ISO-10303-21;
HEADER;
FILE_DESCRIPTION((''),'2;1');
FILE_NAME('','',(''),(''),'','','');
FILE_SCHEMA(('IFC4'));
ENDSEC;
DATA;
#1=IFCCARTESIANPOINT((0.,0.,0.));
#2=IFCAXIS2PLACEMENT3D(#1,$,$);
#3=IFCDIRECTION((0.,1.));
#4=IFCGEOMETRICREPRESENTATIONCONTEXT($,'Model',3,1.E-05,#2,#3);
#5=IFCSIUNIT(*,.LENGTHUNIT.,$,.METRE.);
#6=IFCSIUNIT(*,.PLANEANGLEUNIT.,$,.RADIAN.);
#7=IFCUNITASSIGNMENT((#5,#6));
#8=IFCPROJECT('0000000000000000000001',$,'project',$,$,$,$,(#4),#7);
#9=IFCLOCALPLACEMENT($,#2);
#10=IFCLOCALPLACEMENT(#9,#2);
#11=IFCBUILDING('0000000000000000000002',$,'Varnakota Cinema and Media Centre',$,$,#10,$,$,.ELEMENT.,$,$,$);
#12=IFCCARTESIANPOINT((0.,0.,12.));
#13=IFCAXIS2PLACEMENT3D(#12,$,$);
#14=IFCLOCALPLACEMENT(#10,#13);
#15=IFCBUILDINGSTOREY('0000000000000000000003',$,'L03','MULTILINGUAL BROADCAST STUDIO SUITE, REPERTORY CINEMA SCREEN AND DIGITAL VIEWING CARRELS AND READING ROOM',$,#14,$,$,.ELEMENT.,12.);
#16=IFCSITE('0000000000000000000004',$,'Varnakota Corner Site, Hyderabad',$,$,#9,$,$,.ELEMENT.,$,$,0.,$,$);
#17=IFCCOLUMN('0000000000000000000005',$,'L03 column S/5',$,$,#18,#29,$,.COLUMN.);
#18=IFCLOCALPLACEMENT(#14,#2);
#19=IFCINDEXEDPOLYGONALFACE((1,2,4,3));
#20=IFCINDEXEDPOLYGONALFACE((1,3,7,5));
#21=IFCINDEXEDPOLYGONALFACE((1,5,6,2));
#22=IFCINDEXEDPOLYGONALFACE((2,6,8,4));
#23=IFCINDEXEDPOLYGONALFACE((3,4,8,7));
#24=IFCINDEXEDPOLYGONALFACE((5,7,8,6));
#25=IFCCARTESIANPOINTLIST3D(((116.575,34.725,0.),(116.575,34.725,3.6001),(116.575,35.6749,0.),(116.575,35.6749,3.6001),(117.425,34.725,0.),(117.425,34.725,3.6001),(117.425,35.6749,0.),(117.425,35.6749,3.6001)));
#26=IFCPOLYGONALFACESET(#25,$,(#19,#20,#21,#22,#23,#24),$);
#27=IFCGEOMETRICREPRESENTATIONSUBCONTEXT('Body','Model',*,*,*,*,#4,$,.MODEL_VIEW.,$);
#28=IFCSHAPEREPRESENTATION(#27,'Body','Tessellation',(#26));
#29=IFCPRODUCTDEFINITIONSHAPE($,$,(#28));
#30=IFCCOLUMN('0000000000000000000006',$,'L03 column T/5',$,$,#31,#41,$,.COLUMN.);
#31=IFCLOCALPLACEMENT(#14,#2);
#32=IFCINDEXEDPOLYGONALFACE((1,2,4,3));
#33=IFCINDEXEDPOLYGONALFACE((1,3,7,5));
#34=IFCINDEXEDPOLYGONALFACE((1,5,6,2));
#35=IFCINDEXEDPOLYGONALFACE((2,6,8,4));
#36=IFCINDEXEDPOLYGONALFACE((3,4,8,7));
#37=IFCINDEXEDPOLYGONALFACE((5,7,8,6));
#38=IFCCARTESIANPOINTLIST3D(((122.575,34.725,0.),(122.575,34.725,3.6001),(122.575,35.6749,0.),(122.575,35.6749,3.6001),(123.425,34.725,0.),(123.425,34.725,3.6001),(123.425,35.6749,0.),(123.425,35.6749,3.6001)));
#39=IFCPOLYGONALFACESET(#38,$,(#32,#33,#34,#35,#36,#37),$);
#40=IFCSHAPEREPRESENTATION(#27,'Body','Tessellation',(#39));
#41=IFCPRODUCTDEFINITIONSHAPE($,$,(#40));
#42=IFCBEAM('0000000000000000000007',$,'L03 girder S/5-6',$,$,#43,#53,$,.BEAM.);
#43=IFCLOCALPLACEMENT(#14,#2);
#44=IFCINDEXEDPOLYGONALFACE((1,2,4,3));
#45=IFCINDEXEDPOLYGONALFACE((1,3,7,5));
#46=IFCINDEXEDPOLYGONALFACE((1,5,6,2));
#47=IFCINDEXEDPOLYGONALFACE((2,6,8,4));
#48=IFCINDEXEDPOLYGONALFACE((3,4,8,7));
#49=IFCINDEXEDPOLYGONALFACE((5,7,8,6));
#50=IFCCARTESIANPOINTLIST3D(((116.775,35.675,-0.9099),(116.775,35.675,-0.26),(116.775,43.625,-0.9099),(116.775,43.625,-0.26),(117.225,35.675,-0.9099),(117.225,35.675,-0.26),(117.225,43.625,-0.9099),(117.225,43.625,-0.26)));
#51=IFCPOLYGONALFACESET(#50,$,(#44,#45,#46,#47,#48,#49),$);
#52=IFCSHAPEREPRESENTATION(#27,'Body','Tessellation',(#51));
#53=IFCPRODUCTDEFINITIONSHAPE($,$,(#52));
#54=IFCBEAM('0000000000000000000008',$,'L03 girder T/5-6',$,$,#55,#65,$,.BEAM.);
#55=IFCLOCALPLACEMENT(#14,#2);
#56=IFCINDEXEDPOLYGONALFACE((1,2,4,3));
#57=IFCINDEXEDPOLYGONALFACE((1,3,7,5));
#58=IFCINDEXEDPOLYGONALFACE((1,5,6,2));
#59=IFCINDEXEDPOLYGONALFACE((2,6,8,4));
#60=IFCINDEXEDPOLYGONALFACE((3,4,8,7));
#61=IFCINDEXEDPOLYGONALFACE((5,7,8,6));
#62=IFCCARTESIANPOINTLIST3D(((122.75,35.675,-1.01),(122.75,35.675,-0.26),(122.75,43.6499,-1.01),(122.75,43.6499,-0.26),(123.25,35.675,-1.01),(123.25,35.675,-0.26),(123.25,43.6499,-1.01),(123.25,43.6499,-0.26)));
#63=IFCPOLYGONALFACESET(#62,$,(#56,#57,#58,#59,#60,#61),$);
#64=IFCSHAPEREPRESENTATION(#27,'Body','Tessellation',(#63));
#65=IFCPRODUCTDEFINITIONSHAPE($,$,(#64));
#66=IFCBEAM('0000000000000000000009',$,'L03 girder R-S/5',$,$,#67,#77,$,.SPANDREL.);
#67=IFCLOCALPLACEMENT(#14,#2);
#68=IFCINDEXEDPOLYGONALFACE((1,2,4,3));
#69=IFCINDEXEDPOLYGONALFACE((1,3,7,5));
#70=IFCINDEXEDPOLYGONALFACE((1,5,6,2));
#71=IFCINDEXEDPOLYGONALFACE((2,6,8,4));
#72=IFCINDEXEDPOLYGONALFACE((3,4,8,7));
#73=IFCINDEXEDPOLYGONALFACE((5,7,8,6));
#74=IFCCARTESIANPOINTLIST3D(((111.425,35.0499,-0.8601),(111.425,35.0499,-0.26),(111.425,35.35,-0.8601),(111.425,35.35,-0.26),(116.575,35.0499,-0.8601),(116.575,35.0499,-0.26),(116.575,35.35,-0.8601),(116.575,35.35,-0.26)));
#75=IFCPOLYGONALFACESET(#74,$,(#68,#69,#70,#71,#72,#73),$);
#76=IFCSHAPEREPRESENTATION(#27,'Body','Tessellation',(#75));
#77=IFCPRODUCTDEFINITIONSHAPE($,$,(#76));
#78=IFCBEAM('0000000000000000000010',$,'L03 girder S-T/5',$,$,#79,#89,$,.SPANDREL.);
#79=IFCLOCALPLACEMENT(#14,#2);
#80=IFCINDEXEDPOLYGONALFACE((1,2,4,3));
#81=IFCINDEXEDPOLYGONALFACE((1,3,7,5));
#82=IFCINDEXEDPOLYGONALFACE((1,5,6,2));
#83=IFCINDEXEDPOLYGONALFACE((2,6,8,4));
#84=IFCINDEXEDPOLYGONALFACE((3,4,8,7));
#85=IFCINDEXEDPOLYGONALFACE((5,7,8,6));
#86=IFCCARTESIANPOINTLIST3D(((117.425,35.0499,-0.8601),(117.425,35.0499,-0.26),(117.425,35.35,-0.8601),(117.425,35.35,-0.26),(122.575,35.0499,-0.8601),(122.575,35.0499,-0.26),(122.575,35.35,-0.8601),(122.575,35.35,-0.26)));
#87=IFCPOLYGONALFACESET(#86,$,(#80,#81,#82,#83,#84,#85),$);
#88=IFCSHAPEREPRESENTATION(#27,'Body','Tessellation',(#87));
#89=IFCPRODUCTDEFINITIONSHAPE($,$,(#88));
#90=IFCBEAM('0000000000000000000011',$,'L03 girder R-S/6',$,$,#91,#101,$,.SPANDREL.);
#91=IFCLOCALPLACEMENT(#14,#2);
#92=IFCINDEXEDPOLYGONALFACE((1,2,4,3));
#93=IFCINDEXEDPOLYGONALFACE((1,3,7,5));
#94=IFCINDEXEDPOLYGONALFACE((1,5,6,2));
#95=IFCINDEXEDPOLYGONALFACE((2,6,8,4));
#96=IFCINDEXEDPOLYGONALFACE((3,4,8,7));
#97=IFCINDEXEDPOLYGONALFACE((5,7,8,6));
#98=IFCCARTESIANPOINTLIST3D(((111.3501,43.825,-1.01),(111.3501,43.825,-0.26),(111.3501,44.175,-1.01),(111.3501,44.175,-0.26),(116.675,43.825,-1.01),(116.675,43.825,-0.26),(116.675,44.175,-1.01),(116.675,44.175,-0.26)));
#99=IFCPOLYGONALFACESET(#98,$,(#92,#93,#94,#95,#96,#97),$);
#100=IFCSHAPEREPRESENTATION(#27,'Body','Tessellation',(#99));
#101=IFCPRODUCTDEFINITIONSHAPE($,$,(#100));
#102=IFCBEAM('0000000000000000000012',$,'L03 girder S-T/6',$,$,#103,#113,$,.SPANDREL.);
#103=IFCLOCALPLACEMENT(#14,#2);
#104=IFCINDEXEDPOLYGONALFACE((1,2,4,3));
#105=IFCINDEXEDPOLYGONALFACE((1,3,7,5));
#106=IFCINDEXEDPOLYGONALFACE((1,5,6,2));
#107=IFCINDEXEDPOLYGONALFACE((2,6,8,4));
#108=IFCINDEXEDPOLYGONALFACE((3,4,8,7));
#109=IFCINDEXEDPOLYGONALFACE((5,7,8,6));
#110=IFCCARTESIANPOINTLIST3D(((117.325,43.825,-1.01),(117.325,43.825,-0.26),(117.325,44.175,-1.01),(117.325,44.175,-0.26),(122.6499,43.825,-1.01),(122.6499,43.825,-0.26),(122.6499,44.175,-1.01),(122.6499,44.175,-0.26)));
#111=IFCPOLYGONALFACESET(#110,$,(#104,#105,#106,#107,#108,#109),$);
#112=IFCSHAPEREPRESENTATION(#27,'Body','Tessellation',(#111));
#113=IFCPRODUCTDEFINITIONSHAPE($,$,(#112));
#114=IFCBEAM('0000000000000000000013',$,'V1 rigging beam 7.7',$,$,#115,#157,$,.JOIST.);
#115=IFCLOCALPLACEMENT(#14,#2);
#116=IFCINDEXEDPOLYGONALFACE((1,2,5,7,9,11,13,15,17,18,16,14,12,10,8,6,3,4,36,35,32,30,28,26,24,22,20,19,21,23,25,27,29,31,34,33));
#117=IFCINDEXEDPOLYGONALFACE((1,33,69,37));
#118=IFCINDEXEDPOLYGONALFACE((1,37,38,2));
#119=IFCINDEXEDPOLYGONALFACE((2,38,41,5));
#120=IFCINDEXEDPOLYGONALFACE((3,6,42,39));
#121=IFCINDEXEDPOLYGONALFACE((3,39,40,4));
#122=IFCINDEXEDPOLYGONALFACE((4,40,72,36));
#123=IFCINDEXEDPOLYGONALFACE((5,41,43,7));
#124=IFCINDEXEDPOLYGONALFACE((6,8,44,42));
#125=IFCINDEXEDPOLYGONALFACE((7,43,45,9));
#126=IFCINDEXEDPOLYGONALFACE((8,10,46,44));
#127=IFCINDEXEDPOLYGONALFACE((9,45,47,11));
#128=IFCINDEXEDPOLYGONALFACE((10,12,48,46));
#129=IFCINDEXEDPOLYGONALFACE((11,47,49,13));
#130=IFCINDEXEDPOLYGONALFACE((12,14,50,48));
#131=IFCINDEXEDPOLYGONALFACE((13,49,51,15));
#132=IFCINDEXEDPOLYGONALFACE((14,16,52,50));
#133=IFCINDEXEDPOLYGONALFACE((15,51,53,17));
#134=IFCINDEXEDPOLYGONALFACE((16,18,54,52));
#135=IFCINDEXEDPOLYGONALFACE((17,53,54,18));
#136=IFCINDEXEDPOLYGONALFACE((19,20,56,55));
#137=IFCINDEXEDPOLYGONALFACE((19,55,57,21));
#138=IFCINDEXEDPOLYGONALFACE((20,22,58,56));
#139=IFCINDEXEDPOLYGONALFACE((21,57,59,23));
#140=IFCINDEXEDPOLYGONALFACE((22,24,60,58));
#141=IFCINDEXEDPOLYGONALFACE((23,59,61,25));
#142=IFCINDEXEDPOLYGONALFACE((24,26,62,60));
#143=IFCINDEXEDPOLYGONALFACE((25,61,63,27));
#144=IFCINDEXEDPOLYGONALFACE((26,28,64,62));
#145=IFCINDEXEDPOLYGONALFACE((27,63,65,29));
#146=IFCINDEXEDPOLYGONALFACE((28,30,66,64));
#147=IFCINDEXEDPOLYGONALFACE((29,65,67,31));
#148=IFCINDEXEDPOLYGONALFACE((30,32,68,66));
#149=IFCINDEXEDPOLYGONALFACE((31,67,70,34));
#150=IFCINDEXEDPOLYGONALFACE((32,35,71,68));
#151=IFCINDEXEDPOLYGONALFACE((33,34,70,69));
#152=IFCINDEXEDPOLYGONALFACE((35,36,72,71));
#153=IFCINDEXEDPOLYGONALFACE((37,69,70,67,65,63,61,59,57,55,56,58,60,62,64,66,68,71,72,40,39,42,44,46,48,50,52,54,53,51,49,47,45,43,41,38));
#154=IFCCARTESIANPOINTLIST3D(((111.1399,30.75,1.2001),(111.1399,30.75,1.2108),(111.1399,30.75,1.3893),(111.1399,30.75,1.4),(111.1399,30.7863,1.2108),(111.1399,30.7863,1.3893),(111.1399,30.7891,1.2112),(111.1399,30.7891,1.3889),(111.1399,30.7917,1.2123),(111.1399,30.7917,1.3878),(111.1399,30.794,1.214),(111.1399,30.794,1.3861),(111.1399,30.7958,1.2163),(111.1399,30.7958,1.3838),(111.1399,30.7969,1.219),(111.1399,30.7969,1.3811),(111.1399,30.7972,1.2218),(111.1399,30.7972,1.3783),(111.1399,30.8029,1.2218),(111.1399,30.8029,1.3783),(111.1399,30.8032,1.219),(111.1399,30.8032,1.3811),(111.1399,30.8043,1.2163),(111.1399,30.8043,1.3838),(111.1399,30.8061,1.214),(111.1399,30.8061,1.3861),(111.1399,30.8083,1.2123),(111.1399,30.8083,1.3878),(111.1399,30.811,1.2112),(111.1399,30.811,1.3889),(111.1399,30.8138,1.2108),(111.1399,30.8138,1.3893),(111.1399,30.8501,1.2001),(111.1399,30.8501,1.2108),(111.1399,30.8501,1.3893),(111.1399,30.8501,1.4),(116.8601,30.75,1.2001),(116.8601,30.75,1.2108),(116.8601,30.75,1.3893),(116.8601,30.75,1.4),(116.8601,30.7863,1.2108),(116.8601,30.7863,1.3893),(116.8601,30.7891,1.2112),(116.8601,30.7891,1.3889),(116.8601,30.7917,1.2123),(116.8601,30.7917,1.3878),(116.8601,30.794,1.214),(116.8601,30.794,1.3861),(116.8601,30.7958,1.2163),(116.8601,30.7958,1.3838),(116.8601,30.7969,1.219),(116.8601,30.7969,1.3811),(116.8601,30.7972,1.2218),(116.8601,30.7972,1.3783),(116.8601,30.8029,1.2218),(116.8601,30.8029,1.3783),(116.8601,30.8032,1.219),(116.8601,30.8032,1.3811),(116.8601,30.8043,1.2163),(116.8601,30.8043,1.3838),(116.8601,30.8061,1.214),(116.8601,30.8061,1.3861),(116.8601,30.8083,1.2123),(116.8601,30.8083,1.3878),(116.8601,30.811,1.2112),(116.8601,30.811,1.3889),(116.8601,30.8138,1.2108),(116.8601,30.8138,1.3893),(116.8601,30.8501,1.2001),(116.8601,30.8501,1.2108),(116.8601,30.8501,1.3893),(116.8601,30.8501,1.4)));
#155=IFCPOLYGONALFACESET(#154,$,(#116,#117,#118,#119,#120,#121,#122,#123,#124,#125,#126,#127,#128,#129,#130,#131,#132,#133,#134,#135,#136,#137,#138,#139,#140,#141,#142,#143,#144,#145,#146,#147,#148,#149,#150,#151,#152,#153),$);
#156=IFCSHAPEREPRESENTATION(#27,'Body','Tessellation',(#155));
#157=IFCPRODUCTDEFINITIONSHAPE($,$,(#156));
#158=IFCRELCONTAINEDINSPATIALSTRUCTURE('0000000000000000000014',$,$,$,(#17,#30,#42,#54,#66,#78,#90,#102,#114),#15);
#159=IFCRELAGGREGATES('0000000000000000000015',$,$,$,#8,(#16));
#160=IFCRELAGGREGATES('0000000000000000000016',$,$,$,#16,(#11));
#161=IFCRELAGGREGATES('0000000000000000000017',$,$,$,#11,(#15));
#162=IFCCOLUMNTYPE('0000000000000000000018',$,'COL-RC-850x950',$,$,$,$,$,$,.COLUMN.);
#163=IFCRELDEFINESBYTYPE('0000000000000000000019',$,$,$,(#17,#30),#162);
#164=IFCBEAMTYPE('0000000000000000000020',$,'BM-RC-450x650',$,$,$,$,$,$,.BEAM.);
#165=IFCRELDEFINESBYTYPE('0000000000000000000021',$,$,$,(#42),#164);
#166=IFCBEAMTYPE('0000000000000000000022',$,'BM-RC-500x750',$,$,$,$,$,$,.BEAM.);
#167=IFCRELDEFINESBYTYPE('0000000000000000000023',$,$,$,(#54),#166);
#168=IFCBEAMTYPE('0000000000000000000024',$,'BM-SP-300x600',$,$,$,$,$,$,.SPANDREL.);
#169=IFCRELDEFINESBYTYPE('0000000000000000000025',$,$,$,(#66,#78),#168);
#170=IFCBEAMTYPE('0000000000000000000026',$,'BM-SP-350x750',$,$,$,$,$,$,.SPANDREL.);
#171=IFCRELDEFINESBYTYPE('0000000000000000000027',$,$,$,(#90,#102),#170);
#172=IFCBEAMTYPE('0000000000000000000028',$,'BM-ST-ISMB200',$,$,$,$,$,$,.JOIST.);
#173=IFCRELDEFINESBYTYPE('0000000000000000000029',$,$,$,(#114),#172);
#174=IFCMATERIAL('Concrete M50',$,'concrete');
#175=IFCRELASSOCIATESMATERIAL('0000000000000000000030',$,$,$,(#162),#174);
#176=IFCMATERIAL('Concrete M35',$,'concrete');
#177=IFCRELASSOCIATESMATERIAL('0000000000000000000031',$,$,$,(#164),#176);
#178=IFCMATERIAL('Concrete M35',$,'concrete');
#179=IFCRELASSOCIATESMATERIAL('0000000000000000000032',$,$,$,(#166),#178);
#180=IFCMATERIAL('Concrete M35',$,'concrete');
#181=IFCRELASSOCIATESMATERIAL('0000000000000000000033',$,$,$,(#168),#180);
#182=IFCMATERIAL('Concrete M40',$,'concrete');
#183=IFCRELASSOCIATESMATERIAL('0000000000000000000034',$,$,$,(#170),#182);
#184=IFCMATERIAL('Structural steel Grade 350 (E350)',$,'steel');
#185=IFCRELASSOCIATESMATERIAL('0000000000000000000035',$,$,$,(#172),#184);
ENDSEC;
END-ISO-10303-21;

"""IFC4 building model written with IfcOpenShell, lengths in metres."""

from ifc_helpers import new_model, si_unit, direction, frame, origin, origin_2d, place, context, subcontext, project, spatial, rectangle, i_section, extrude, material, material_profile, profile_set, type_object, element, save


model = new_model("IFC4")

# Units and contexts
model_context = context("Model", 3, precision=1e-05, world=origin(), true_north=direction((0.0, 1.0)))
body_context = subcontext(model_context, "Body", "Model", "MODEL_VIEW")
ifc_project = project(units=[si_unit("LENGTHUNIT", "METRE"), si_unit("PLANEANGLEUNIT", "RADIAN")], contexts=[model_context])

# Site, building, storey
site_placement = place(None, origin())
site = spatial("IfcSite", under=ifc_project, at=site_placement, Name="Varnakota Corner Site, Hyderabad", CompositionType="ELEMENT", RefElevation=0.0)
building_placement = place(site_placement, origin())
building = spatial("IfcBuilding", under=site, at=building_placement, Name="Varnakota Cinema and Media Centre", CompositionType="ELEMENT")
storey_placement = place(building_placement, frame((0.0, 0.0, 12.0)))
storey = spatial("IfcBuildingStorey", under=building, at=storey_placement, Name="L03", Description="MULTILINGUAL BROADCAST STUDIO SUITE, REPERTORY CINEMA SCREEN AND DIGITAL VIEWING CARRELS AND READING ROOM", CompositionType="ELEMENT", Elevation=12.0)

# Columns
ifc_material_1 = material(Name="Concrete M50", Category="concrete")
ifc_material_profile_1 = material_profile(ifc_material_1, rectangle(XDim=0.8501, YDim=0.95, at=origin_2d()), Name="RC 850x950")
ifc_profile_set_1 = profile_set([ifc_material_profile_1], Name="Concrete M50")
column_type = type_object("IfcColumnType", Name="COL-RC-850x950", PredefinedType="COLUMN", material=ifc_profile_set_1)
for number, where, z_axis, x_axis, name in (
    (1, (117.0, 35.2, 0.0), (0.0, 0.0, 1.0), (1.0, 0.0, 0.0), "L03 column S/5"),
    (2, (123.0, 35.2, 0.0), (0.0, 0.0, 1.0), (1.0, 0.0, 0.0), "L03 column T/5"),
):
    element("IfcColumn", number, at=place(storey_placement, frame(where, z_axis=z_axis, x_axis=x_axis)), inside=storey, type_object=column_type, Name=name, PredefinedType="COLUMN", context=body_context, shape_type="SweptSolid", body=[
        extrude(rectangle(XDim=0.8501, YDim=0.95, at=origin_2d()), origin(), (0.0, 0.0, 1.0), 3.6001),
    ])

# Beams
ifc_material_2 = material(Name="Concrete M35", Category="concrete")
ifc_material_profile_2 = material_profile(ifc_material_2, rectangle(XDim=0.45, YDim=0.6499, at=origin_2d()), Name="RCB 450x650")
ifc_profile_set_2 = profile_set([ifc_material_profile_2], Name="Concrete M35")
beam_type_1 = type_object("IfcBeamType", Name="BM-RC-450x650", PredefinedType="BEAM", material=ifc_profile_set_2)
beam_1_placement = place(storey_placement, frame((117.0, 35.675, -0.585), z_axis=(0.0, 1.0, 0.0), x_axis=(-1.0, 0.0, 0.0)))
element("IfcBeam", 3, at=beam_1_placement, inside=storey, type_object=beam_type_1, Name="L03 girder S/5-6", PredefinedType="BEAM", context=body_context, shape_type="SweptSolid", body=[
    extrude(rectangle(XDim=0.45, YDim=0.6499, at=origin_2d()), origin(), (0.0, 0.0, 1.0), 7.95),
])
ifc_material_3 = material(Name="Concrete M35", Category="concrete")
ifc_material_profile_3 = material_profile(ifc_material_3, rectangle(XDim=0.5, YDim=0.75, at=origin_2d()), Name="RCB 500x750")
ifc_profile_set_3 = profile_set([ifc_material_profile_3], Name="Concrete M35")
beam_type_2 = type_object("IfcBeamType", Name="BM-RC-500x750", PredefinedType="BEAM", material=ifc_profile_set_3)
beam_2_placement = place(storey_placement, frame((123.0, 35.675, -0.635), z_axis=(0.0, 1.0, 0.0), x_axis=(-1.0, 0.0, 0.0)))
element("IfcBeam", 4, at=beam_2_placement, inside=storey, type_object=beam_type_2, Name="L03 girder T/5-6", PredefinedType="BEAM", context=body_context, shape_type="SweptSolid", body=[
    extrude(rectangle(XDim=0.5, YDim=0.75, at=origin_2d()), origin(), (0.0, 0.0, 1.0), 7.9749),
])
ifc_material_4 = material(Name="Concrete M35", Category="concrete")
ifc_material_profile_4 = material_profile(ifc_material_4, rectangle(XDim=0.3, YDim=0.6001, at=origin_2d()), Name="RCB 300x600")
ifc_profile_set_4 = profile_set([ifc_material_profile_4], Name="Concrete M35")
beam_type_3 = type_object("IfcBeamType", Name="BM-SP-300x600", PredefinedType="SPANDREL", material=ifc_profile_set_4)
for number, where, z_axis, x_axis, name in (
    (5, (111.425, 35.2, -0.5601), (1.0, 0.0, 0.0), (0.0, 1.0, 0.0), "L03 girder R-S/5"),
    (6, (117.425, 35.2, -0.5601), (1.0, 0.0, 0.0), (0.0, 1.0, 0.0), "L03 girder S-T/5"),
):
    element("IfcBeam", number, at=place(storey_placement, frame(where, z_axis=z_axis, x_axis=x_axis)), inside=storey, type_object=beam_type_3, Name=name, PredefinedType="SPANDREL", context=body_context, shape_type="SweptSolid", body=[
        extrude(rectangle(XDim=0.3, YDim=0.6001, at=origin_2d()), origin(), (0.0, 0.0, 1.0), 5.1499),
    ])
ifc_material_5 = material(Name="Concrete M40", Category="concrete")
ifc_material_profile_5 = material_profile(ifc_material_5, rectangle(XDim=0.3501, YDim=0.75, at=origin_2d()), Name="RCB 350x750")
ifc_profile_set_5 = profile_set([ifc_material_profile_5], Name="Concrete M40")
beam_type_4 = type_object("IfcBeamType", Name="BM-SP-350x750", PredefinedType="SPANDREL", material=ifc_profile_set_5)
for number, where, z_axis, x_axis, name in (
    (7, (111.3501, 44.0, -0.635), (1.0, 0.0, 0.0), (0.0, 1.0, 0.0), "L03 girder R-S/6"),
    (8, (117.325, 44.0, -0.635), (1.0, 0.0, 0.0), (0.0, 1.0, 0.0), "L03 girder S-T/6"),
):
    element("IfcBeam", number, at=place(storey_placement, frame(where, z_axis=z_axis, x_axis=x_axis)), inside=storey, type_object=beam_type_4, Name=name, PredefinedType="SPANDREL", context=body_context, shape_type="SweptSolid", body=[
        extrude(rectangle(XDim=0.3501, YDim=0.75, at=origin_2d()), origin(), (0.0, 0.0, 1.0), 5.325),
    ])
ifc_material_6 = material(Name="Structural steel Grade 350 (E350)", Category="steel")
ifc_material_profile_6 = material_profile(ifc_material_6, i_section(OverallWidth=0.1001, OverallDepth=0.2, WebThickness=0.0056, FlangeThickness=0.0107, FilletRadius=0.011, at=origin_2d()), Name="ISMB 200")
ifc_profile_set_6 = profile_set([ifc_material_profile_6], Name="Structural steel Grade 350 (E350)")
beam_type_5 = type_object("IfcBeamType", Name="BM-ST-ISMB200", PredefinedType="JOIST", material=ifc_profile_set_6)
beam_3_placement = place(storey_placement, frame((111.1399, 30.8, 1.3), z_axis=(1.0, 0.0, 0.0), x_axis=(0.0, 1.0, 0.0)))
element("IfcBeam", 9, at=beam_3_placement, inside=storey, type_object=beam_type_5, Name="V1 rigging beam 7.7", PredefinedType="JOIST", context=body_context, shape_type="SweptSolid", body=[
    extrude(i_section(OverallWidth=0.1001, OverallDepth=0.2, WebThickness=0.0056, FlangeThickness=0.0107, FilletRadius=0.011, at=origin_2d()), origin(), (0.0, 0.0, 1.0), 5.7202),
])

save(model, "model.ifc")
